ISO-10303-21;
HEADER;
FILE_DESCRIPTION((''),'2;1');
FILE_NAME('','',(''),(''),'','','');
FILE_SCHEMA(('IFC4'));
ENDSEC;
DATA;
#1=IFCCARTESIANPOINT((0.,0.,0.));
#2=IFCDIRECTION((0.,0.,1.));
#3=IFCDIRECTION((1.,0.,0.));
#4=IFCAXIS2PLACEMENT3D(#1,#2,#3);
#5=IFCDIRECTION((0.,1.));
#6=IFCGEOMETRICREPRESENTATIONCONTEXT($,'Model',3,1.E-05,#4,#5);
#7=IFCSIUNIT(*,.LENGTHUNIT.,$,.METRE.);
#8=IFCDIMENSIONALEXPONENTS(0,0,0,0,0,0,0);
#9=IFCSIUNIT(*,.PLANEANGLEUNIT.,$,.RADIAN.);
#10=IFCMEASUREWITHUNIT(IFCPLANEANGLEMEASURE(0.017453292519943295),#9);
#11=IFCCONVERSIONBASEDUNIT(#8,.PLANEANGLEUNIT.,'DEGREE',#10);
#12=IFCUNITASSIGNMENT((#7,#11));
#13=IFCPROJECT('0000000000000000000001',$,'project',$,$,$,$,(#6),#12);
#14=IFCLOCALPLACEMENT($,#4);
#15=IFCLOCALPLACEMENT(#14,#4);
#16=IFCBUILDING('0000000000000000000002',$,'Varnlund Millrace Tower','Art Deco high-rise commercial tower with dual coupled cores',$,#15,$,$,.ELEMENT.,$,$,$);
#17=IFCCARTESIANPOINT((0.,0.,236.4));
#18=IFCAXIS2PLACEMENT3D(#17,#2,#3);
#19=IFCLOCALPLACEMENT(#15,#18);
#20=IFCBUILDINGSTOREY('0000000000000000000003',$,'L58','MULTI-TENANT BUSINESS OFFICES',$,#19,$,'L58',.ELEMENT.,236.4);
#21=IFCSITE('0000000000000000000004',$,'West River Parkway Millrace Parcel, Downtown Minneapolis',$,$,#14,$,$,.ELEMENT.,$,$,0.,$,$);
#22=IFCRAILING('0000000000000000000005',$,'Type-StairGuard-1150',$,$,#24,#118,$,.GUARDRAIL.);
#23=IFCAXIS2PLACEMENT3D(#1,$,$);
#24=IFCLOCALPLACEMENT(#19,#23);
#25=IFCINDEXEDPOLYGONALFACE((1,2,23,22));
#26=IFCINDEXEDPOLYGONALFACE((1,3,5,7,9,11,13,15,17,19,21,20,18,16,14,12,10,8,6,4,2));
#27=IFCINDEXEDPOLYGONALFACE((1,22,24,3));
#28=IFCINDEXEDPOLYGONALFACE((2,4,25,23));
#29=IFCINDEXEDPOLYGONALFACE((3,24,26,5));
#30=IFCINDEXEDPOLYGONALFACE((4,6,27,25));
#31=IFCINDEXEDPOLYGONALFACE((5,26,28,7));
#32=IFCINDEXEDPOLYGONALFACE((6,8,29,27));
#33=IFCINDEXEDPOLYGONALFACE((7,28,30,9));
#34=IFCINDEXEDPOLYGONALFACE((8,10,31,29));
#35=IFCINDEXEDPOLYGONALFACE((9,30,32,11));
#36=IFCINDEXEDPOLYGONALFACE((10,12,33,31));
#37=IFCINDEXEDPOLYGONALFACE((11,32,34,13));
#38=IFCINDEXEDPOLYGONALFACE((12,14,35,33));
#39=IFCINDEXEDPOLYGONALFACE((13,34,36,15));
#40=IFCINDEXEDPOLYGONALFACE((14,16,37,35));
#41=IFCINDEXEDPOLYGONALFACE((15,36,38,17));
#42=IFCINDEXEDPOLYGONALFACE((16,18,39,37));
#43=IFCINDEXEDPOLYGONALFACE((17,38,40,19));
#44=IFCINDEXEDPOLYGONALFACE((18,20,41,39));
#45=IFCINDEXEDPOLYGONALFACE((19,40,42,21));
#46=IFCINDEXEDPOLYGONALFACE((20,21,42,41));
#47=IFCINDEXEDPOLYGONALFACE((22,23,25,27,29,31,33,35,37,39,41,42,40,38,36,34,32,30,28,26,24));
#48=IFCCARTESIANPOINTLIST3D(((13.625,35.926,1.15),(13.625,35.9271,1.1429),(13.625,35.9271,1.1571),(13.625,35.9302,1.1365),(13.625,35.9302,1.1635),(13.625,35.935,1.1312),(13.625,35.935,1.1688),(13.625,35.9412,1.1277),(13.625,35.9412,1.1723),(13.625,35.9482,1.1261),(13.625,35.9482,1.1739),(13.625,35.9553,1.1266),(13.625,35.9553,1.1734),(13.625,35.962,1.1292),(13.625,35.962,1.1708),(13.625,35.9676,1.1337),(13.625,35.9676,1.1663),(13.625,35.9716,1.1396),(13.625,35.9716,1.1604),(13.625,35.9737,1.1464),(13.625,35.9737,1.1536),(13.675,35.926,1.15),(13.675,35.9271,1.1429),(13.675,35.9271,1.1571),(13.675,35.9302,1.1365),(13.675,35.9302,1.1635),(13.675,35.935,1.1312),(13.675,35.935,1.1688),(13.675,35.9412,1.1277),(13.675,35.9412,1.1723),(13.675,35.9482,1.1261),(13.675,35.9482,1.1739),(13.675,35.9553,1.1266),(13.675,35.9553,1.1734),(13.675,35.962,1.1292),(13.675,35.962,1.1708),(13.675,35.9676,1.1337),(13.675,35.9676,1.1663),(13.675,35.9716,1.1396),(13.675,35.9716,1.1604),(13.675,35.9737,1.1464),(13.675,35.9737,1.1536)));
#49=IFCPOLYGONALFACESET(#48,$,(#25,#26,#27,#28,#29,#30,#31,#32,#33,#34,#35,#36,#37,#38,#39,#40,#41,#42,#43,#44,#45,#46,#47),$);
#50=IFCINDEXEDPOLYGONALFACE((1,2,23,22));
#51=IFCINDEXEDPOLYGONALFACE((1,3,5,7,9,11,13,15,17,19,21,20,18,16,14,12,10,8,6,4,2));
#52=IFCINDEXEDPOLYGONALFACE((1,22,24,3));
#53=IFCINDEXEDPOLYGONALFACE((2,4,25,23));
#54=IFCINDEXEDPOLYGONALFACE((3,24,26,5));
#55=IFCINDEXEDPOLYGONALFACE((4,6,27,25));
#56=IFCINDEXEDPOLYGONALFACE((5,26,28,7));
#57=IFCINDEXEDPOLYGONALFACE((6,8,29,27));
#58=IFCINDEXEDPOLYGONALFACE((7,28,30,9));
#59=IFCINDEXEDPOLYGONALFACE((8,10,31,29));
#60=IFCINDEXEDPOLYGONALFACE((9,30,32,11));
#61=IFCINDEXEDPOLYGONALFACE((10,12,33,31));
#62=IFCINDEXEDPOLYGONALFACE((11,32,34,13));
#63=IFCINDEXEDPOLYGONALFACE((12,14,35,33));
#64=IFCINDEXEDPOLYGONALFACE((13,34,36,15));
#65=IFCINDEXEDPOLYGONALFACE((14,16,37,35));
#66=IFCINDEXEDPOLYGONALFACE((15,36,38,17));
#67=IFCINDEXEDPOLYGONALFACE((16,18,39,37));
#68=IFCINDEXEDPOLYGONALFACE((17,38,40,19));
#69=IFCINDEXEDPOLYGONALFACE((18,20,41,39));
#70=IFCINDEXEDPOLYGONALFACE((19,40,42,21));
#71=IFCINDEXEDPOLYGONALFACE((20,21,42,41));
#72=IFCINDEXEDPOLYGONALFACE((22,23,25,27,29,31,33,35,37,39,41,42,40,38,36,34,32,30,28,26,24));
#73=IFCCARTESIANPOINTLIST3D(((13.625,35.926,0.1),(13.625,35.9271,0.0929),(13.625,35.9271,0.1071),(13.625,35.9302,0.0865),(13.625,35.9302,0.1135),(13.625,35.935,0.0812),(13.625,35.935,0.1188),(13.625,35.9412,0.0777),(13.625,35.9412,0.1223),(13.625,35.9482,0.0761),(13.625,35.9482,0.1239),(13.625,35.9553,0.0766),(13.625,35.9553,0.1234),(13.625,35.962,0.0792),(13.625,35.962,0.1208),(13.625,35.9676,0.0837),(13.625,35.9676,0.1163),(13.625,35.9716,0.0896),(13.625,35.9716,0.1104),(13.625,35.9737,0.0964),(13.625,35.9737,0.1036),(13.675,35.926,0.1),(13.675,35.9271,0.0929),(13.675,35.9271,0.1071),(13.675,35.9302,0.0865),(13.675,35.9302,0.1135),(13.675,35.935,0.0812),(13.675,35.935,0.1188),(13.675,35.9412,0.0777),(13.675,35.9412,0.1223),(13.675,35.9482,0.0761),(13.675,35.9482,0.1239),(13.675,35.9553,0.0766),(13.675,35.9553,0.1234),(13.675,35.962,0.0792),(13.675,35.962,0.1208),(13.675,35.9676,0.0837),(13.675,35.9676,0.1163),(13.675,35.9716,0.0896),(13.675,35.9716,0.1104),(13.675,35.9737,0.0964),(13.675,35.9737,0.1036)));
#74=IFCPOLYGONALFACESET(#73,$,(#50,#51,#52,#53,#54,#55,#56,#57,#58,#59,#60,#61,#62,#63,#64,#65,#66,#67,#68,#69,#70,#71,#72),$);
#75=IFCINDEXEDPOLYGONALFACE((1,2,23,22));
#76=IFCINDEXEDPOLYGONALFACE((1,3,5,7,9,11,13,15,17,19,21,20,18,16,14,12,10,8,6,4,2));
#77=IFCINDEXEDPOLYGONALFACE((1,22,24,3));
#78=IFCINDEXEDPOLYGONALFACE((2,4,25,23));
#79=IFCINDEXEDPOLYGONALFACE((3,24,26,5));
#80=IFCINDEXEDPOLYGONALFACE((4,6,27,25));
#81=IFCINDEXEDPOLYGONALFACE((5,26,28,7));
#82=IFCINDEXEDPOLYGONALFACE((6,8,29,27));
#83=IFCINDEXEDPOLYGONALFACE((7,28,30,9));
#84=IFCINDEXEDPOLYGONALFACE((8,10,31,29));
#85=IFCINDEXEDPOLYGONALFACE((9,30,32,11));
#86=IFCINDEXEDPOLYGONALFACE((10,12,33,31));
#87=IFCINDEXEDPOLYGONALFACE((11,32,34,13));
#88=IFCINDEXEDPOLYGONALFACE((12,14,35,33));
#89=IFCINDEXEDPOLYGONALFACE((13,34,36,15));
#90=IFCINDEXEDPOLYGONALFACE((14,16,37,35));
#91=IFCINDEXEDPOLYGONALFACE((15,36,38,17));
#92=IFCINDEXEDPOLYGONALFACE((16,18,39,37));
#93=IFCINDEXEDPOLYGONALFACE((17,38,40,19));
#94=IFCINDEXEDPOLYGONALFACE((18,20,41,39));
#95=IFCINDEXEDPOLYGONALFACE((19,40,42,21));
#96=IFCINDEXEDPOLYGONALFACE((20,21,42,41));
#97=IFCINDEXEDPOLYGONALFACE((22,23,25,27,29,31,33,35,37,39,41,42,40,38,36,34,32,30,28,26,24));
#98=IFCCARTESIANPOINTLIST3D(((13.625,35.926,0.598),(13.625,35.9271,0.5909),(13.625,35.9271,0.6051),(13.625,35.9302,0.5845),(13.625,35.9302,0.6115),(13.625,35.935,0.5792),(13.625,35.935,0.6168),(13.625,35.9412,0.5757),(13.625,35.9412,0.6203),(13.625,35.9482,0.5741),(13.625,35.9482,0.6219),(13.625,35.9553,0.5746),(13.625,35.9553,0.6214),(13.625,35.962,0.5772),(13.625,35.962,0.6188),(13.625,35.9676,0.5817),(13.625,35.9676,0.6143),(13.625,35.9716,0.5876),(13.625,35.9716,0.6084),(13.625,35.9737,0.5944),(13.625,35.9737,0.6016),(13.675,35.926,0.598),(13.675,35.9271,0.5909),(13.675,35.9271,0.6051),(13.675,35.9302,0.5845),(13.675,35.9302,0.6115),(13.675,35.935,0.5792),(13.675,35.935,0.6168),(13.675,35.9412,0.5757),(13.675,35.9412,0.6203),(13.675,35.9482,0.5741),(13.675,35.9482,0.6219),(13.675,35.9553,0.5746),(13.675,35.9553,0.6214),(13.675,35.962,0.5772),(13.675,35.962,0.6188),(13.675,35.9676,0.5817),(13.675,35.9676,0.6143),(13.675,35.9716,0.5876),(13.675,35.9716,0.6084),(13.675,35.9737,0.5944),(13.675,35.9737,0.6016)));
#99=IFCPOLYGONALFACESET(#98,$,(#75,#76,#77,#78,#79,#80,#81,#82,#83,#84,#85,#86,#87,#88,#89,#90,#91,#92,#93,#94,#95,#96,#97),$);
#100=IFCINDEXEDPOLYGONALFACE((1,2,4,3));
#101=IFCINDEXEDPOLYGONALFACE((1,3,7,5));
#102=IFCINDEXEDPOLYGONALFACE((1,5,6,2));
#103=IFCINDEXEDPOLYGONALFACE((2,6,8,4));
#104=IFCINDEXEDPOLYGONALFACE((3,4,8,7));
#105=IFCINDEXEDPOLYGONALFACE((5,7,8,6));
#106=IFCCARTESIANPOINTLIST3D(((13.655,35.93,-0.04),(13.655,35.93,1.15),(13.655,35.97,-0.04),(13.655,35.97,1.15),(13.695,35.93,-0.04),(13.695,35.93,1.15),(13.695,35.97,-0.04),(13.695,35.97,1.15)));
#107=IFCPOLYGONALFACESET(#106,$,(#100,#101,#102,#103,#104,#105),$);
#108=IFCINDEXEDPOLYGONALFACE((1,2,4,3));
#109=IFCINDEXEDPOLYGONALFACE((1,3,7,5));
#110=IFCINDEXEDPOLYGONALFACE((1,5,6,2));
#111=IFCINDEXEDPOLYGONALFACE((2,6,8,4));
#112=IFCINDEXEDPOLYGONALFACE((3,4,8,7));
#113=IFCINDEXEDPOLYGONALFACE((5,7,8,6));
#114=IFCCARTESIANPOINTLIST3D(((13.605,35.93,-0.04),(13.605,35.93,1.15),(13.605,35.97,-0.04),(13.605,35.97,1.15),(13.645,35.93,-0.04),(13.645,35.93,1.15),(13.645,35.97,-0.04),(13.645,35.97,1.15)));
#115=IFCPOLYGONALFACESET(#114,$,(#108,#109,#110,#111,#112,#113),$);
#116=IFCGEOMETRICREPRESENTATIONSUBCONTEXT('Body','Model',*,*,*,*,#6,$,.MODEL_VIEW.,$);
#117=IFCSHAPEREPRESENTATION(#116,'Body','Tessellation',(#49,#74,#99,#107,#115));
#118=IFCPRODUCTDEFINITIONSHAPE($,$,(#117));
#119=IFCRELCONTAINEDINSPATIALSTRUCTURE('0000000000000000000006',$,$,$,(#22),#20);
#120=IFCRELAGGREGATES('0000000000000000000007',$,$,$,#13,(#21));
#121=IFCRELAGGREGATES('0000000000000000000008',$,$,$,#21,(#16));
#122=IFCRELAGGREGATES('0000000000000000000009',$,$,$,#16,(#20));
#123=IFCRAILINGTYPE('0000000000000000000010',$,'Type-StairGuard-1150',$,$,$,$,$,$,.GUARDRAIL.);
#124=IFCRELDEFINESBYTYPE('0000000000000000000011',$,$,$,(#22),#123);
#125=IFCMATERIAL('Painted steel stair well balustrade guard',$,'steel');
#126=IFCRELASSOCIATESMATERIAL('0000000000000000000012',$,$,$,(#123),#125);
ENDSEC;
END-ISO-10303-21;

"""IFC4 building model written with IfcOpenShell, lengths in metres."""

from ifc_helpers import new_model, entity, si_unit, converted_unit, direction, frame, origin_with_axes, origin_2d_with_axis, place, context, subcontext, project, spatial, rectangle, circle, extrude, material, type_object, element, save


model = new_model("IFC4")

# Units and contexts
model_context = context("Model", 3, precision=1e-05, world=origin_with_axes(), true_north=direction((0.0, 1.0)))
body_context = subcontext(model_context, "Body", "Model", "MODEL_VIEW")
ifc_project = project(units=[si_unit("LENGTHUNIT", "METRE"), converted_unit("PLANEANGLEUNIT", "DEGREE", entity("IfcPlaneAngleMeasure", 0.017453292519943295), si_unit("PLANEANGLEUNIT", "RADIAN"), dimensions=[0, 0, 0, 0, 0, 0, 0])], contexts=[model_context])

# Site, building, storey
site_placement = place(None, origin_with_axes())
site = spatial("IfcSite", under=ifc_project, at=site_placement, Name="West River Parkway Millrace Parcel, Downtown Minneapolis", CompositionType="ELEMENT", RefElevation=0.0)
building_placement = place(site_placement, origin_with_axes())
building = spatial("IfcBuilding", under=site, at=building_placement, Name="Varnlund Millrace Tower", Description="Art Deco high-rise commercial tower with dual coupled cores", CompositionType="ELEMENT")
storey_placement = place(building_placement, frame((0.0, 0.0, 236.4), z_axis=(0.0, 0.0, 1.0), x_axis=(1.0, 0.0, 0.0)))
storey = spatial("IfcBuildingStorey", under=building, at=storey_placement, Name="L58", Description="MULTI-TENANT BUSINESS OFFICES", LongName="L58", CompositionType="ELEMENT", Elevation=236.4)

# Railing
ifc_material_1 = material(Name="Painted steel stair well balustrade guard", Category="steel")
railing_type_1 = type_object("IfcRailingType", Name="Type-StairGuard-1150", PredefinedType="GUARDRAIL", material=ifc_material_1)
railing_1_placement = place(storey_placement, frame((0.0, 0.0, -236.4), z_axis=(0.0, 0.0, 1.0), x_axis=(1.0, 0.0, 0.0)))
element("IfcRailing", 1, at=railing_1_placement, inside=storey, type_object=railing_type_1, Name="Type-StairGuard-1150", PredefinedType="GUARDRAIL", context=body_context, shape_type="SweptSolid", body=[
    extrude(circle(Radius=0.024, at=origin_2d_with_axis()), frame((13.675, 35.95, 237.55), z_axis=(-1.0, 0.0, 0.0), x_axis=(0.0, -1.0, 0.0)), (0.0, 0.0, 1.0), 0.05),
    extrude(circle(Radius=0.024, at=origin_2d_with_axis()), frame((13.675, 35.95, 236.5), z_axis=(-1.0, 0.0, 0.0), x_axis=(0.0, -1.0, 0.0)), (0.0, 0.0, 1.0), 0.05),
    extrude(circle(Radius=0.024, at=origin_2d_with_axis()), frame((13.675, 35.95, 236.998), z_axis=(-1.0, 0.0, 0.0), x_axis=(0.0, -1.0, 0.0)), (0.0, 0.0, 1.0), 0.05),
    extrude(rectangle(XDim=0.04, YDim=0.04, at=origin_2d_with_axis()), frame((13.675, 35.95, 236.36), z_axis=(0.0, 0.0, 1.0), x_axis=(1.0, 0.0, 0.0)), (0.0, 0.0, 1.0), 1.19),
    extrude(rectangle(XDim=0.04, YDim=0.04, at=origin_2d_with_axis()), frame((13.625, 35.95, 236.36), z_axis=(0.0, 0.0, 1.0), x_axis=(1.0, 0.0, 0.0)), (0.0, 0.0, 1.0), 1.19),
])

save(model, "model.ifc")
